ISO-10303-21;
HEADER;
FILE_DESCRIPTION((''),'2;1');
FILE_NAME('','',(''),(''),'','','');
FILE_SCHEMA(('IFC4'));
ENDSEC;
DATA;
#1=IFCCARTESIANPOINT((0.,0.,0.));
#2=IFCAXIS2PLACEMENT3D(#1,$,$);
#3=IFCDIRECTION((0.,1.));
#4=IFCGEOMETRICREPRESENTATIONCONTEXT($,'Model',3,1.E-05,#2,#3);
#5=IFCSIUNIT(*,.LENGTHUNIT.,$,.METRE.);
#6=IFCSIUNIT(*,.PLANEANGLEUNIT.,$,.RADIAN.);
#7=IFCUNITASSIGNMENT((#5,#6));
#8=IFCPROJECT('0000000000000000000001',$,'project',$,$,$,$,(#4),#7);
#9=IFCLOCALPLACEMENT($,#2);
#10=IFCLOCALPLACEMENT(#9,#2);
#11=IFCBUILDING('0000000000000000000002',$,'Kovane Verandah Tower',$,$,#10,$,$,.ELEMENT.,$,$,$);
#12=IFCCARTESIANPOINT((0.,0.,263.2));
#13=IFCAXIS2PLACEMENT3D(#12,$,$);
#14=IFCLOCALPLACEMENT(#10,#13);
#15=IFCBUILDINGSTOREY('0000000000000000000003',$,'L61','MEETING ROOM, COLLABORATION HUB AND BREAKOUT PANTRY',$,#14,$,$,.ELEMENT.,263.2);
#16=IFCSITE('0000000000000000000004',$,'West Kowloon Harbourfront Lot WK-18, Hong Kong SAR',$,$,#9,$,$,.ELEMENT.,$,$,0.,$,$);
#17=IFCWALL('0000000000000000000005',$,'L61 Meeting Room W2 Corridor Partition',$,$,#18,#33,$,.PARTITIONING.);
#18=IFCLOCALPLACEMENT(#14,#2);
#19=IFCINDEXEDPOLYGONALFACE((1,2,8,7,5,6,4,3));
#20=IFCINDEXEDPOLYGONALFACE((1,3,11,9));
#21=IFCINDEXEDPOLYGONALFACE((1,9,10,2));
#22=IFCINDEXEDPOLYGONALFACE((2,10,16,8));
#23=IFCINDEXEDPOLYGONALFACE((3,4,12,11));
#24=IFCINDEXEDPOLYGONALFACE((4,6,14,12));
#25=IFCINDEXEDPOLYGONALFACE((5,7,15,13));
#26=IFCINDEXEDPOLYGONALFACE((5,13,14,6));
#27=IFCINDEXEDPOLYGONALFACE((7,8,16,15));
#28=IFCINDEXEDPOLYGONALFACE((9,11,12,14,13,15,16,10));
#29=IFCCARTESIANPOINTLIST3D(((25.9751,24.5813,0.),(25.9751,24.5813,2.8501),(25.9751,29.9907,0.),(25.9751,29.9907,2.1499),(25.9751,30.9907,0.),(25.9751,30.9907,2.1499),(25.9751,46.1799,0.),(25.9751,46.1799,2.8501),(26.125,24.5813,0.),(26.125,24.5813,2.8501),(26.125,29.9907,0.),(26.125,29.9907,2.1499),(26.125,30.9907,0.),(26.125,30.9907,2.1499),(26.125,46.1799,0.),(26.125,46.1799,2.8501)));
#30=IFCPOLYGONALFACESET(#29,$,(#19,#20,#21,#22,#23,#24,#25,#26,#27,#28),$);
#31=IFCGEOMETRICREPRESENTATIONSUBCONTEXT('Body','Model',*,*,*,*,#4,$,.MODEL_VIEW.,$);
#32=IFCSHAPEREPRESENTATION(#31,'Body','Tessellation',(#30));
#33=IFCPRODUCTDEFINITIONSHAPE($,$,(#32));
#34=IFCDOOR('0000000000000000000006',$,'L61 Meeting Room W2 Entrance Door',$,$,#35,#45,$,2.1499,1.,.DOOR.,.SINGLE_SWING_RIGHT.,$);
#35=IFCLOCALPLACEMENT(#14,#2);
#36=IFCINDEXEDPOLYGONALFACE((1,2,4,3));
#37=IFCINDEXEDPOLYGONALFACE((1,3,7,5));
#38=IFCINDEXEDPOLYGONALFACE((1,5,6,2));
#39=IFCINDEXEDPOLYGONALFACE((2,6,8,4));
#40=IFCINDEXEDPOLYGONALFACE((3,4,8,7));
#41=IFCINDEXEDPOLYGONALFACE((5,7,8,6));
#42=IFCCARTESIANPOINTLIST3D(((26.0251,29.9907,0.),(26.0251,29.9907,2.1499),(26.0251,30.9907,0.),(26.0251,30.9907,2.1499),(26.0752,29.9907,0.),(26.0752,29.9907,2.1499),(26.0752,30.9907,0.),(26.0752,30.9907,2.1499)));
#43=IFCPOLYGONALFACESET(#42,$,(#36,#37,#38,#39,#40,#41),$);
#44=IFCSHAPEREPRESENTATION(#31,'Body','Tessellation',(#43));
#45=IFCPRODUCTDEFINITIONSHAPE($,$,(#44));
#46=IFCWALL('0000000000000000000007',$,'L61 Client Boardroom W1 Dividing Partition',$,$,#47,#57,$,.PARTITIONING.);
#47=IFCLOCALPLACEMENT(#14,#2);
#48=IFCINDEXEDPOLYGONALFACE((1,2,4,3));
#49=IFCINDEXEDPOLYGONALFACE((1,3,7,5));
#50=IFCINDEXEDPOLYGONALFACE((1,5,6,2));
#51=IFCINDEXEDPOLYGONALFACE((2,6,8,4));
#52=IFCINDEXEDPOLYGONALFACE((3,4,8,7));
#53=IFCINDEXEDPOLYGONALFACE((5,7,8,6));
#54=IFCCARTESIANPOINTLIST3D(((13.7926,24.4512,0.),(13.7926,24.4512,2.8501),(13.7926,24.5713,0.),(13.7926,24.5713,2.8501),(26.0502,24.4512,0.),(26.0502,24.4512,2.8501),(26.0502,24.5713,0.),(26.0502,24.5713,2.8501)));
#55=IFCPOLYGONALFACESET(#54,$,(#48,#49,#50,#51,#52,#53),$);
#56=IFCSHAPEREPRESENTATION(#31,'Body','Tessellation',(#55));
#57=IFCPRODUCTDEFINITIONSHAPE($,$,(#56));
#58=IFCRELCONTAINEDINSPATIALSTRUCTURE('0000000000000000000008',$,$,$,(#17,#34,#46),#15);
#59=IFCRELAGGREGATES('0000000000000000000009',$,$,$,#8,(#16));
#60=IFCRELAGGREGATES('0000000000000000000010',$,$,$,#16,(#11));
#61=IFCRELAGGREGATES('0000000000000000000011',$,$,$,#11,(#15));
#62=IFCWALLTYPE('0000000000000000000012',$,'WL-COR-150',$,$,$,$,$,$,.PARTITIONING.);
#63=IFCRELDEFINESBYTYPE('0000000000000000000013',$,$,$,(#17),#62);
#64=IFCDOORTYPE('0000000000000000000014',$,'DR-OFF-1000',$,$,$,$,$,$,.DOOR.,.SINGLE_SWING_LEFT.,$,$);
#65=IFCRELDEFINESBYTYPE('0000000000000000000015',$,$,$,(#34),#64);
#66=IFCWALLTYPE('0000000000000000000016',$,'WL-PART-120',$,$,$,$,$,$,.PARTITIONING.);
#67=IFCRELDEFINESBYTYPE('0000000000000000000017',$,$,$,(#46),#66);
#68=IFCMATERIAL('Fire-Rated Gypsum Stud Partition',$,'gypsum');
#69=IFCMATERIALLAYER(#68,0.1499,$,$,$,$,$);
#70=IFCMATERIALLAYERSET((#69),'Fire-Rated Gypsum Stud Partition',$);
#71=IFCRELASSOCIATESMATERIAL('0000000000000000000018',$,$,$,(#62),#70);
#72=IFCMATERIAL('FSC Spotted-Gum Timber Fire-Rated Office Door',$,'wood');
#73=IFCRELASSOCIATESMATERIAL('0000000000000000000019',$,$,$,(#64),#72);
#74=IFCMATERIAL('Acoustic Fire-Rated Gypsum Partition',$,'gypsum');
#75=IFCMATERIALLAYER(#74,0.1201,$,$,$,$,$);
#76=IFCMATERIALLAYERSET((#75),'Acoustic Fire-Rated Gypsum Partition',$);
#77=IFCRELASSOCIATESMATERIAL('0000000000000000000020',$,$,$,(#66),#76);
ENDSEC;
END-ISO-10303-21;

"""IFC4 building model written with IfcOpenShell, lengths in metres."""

from ifc_helpers import new_model, si_unit, direction, frame, frame_2d, origin, place, context, subcontext, project, spatial, rectangle, extrude, material, layer, layer_set, type_object, element, fill, save


model = new_model("IFC4")

# Units and contexts
model_context = context("Model", 3, precision=1e-05, world=origin(), true_north=direction((0.0, 1.0)))
body_context = subcontext(model_context, "Body", "Model", "MODEL_VIEW")
ifc_project = project(units=[si_unit("LENGTHUNIT", "METRE"), si_unit("PLANEANGLEUNIT", "RADIAN")], contexts=[model_context])

# Site, building, storey
site_placement = place(None, origin())
site = spatial("IfcSite", under=ifc_project, at=site_placement, Name="West Kowloon Harbourfront Lot WK-18, Hong Kong SAR", CompositionType="ELEMENT", RefElevation=0.0)
building_placement = place(site_placement, origin())
building = spatial("IfcBuilding", under=site, at=building_placement, Name="Kovane Verandah Tower", CompositionType="ELEMENT")
storey_placement = place(building_placement, frame((0.0, 0.0, 263.2)))
storey = spatial("IfcBuildingStorey", under=building, at=storey_placement, Name="L61", Description="MEETING ROOM, COLLABORATION HUB AND BREAKOUT PANTRY", CompositionType="ELEMENT", Elevation=263.2)

# Wall, opening, door
ifc_material_1 = material(Name="Fire-Rated Gypsum Stud Partition", Category="gypsum")
ifc_layer_1 = layer(ifc_material_1, 0.1499)
ifc_layer_set_1 = layer_set([ifc_layer_1], Name="Fire-Rated Gypsum Stud Partition")
wall_type_1 = type_object("IfcWallType", Name="WL-COR-150", PredefinedType="PARTITIONING", material=ifc_layer_set_1)
wall_1_placement = place(storey_placement, frame((26.05, 24.5813, 0.0), z_axis=(0.0, 0.0, 1.0), x_axis=(0.0, 1.0, 0.0)))
wall_1 = element("IfcWall", 1, at=wall_1_placement, inside=storey, type_object=wall_type_1, Name="L61 Meeting Room W2 Corridor Partition", PredefinedType="PARTITIONING", context=body_context, shape_type="SweptSolid", body=[
    extrude(rectangle(XDim=21.5986, YDim=0.1499, at=frame_2d((10.7993, 0.0))), origin(), (0.0, 0.0, 1.0), 2.8501),
])
opening_placement = place(wall_1_placement, frame((5.4094, 0.0, 0.0)))
opening = element("IfcOpeningElement", 2, at=opening_placement, cuts=wall_1, PredefinedType="OPENING", context=body_context, shape_type="SweptSolid", body=[
    extrude(rectangle(XDim=1.0, YDim=2.1499, at=frame_2d((0.5, 1.075))), frame((0.0, 0.075, 0.0), z_axis=(0.0, -1.0, 0.0), x_axis=(1.0, 0.0, 0.0)), (0.0, 0.0, 1.0), 0.1499),
])
ifc_material_2 = material(Name="FSC Spotted-Gum Timber Fire-Rated Office Door", Category="wood")
door_type = type_object("IfcDoorType", Name="DR-OFF-1000", OperationType="SINGLE_SWING_LEFT", PredefinedType="DOOR", material=ifc_material_2)
door_placement = place(opening_placement, origin())
door = element("IfcDoor", 3, at=door_placement, inside=storey, type_object=door_type, Name="L61 Meeting Room W2 Entrance Door", OperationType="SINGLE_SWING_RIGHT", OverallHeight=2.1499, OverallWidth=1.0, PredefinedType="DOOR", context=body_context, shape_type="SweptSolid", body=[
    extrude(rectangle(XDim=1.0, YDim=2.1499, at=frame_2d((0.5, 1.075))), frame((0.0, 0.0249, 0.0), z_axis=(0.0, -1.0, 0.0), x_axis=(1.0, 0.0, 0.0)), (0.0, 0.0, 1.0), 0.05),
])
fill(opening, door)

# Wall
ifc_material_3 = material(Name="Acoustic Fire-Rated Gypsum Partition", Category="gypsum")
ifc_layer_2 = layer(ifc_material_3, 0.1201)
ifc_layer_set_2 = layer_set([ifc_layer_2], Name="Acoustic Fire-Rated Gypsum Partition")
wall_type_2 = type_object("IfcWallType", Name="WL-PART-120", PredefinedType="PARTITIONING", material=ifc_layer_set_2)
wall_2_placement = place(storey_placement, frame((13.7925, 24.5112, 0.0), z_axis=(0.0, 0.0, 1.0), x_axis=(1.0, 0.0, 0.0)))
element("IfcWall", 4, at=wall_2_placement, inside=storey, type_object=wall_type_2, Name="L61 Client Boardroom W1 Dividing Partition", PredefinedType="PARTITIONING", context=body_context, shape_type="SweptSolid", body=[
    extrude(rectangle(XDim=12.2576, YDim=0.1201, at=frame_2d((6.1289, 0.0))), origin(), (0.0, 0.0, 1.0), 2.8501),
])

save(model, "model.ifc")
